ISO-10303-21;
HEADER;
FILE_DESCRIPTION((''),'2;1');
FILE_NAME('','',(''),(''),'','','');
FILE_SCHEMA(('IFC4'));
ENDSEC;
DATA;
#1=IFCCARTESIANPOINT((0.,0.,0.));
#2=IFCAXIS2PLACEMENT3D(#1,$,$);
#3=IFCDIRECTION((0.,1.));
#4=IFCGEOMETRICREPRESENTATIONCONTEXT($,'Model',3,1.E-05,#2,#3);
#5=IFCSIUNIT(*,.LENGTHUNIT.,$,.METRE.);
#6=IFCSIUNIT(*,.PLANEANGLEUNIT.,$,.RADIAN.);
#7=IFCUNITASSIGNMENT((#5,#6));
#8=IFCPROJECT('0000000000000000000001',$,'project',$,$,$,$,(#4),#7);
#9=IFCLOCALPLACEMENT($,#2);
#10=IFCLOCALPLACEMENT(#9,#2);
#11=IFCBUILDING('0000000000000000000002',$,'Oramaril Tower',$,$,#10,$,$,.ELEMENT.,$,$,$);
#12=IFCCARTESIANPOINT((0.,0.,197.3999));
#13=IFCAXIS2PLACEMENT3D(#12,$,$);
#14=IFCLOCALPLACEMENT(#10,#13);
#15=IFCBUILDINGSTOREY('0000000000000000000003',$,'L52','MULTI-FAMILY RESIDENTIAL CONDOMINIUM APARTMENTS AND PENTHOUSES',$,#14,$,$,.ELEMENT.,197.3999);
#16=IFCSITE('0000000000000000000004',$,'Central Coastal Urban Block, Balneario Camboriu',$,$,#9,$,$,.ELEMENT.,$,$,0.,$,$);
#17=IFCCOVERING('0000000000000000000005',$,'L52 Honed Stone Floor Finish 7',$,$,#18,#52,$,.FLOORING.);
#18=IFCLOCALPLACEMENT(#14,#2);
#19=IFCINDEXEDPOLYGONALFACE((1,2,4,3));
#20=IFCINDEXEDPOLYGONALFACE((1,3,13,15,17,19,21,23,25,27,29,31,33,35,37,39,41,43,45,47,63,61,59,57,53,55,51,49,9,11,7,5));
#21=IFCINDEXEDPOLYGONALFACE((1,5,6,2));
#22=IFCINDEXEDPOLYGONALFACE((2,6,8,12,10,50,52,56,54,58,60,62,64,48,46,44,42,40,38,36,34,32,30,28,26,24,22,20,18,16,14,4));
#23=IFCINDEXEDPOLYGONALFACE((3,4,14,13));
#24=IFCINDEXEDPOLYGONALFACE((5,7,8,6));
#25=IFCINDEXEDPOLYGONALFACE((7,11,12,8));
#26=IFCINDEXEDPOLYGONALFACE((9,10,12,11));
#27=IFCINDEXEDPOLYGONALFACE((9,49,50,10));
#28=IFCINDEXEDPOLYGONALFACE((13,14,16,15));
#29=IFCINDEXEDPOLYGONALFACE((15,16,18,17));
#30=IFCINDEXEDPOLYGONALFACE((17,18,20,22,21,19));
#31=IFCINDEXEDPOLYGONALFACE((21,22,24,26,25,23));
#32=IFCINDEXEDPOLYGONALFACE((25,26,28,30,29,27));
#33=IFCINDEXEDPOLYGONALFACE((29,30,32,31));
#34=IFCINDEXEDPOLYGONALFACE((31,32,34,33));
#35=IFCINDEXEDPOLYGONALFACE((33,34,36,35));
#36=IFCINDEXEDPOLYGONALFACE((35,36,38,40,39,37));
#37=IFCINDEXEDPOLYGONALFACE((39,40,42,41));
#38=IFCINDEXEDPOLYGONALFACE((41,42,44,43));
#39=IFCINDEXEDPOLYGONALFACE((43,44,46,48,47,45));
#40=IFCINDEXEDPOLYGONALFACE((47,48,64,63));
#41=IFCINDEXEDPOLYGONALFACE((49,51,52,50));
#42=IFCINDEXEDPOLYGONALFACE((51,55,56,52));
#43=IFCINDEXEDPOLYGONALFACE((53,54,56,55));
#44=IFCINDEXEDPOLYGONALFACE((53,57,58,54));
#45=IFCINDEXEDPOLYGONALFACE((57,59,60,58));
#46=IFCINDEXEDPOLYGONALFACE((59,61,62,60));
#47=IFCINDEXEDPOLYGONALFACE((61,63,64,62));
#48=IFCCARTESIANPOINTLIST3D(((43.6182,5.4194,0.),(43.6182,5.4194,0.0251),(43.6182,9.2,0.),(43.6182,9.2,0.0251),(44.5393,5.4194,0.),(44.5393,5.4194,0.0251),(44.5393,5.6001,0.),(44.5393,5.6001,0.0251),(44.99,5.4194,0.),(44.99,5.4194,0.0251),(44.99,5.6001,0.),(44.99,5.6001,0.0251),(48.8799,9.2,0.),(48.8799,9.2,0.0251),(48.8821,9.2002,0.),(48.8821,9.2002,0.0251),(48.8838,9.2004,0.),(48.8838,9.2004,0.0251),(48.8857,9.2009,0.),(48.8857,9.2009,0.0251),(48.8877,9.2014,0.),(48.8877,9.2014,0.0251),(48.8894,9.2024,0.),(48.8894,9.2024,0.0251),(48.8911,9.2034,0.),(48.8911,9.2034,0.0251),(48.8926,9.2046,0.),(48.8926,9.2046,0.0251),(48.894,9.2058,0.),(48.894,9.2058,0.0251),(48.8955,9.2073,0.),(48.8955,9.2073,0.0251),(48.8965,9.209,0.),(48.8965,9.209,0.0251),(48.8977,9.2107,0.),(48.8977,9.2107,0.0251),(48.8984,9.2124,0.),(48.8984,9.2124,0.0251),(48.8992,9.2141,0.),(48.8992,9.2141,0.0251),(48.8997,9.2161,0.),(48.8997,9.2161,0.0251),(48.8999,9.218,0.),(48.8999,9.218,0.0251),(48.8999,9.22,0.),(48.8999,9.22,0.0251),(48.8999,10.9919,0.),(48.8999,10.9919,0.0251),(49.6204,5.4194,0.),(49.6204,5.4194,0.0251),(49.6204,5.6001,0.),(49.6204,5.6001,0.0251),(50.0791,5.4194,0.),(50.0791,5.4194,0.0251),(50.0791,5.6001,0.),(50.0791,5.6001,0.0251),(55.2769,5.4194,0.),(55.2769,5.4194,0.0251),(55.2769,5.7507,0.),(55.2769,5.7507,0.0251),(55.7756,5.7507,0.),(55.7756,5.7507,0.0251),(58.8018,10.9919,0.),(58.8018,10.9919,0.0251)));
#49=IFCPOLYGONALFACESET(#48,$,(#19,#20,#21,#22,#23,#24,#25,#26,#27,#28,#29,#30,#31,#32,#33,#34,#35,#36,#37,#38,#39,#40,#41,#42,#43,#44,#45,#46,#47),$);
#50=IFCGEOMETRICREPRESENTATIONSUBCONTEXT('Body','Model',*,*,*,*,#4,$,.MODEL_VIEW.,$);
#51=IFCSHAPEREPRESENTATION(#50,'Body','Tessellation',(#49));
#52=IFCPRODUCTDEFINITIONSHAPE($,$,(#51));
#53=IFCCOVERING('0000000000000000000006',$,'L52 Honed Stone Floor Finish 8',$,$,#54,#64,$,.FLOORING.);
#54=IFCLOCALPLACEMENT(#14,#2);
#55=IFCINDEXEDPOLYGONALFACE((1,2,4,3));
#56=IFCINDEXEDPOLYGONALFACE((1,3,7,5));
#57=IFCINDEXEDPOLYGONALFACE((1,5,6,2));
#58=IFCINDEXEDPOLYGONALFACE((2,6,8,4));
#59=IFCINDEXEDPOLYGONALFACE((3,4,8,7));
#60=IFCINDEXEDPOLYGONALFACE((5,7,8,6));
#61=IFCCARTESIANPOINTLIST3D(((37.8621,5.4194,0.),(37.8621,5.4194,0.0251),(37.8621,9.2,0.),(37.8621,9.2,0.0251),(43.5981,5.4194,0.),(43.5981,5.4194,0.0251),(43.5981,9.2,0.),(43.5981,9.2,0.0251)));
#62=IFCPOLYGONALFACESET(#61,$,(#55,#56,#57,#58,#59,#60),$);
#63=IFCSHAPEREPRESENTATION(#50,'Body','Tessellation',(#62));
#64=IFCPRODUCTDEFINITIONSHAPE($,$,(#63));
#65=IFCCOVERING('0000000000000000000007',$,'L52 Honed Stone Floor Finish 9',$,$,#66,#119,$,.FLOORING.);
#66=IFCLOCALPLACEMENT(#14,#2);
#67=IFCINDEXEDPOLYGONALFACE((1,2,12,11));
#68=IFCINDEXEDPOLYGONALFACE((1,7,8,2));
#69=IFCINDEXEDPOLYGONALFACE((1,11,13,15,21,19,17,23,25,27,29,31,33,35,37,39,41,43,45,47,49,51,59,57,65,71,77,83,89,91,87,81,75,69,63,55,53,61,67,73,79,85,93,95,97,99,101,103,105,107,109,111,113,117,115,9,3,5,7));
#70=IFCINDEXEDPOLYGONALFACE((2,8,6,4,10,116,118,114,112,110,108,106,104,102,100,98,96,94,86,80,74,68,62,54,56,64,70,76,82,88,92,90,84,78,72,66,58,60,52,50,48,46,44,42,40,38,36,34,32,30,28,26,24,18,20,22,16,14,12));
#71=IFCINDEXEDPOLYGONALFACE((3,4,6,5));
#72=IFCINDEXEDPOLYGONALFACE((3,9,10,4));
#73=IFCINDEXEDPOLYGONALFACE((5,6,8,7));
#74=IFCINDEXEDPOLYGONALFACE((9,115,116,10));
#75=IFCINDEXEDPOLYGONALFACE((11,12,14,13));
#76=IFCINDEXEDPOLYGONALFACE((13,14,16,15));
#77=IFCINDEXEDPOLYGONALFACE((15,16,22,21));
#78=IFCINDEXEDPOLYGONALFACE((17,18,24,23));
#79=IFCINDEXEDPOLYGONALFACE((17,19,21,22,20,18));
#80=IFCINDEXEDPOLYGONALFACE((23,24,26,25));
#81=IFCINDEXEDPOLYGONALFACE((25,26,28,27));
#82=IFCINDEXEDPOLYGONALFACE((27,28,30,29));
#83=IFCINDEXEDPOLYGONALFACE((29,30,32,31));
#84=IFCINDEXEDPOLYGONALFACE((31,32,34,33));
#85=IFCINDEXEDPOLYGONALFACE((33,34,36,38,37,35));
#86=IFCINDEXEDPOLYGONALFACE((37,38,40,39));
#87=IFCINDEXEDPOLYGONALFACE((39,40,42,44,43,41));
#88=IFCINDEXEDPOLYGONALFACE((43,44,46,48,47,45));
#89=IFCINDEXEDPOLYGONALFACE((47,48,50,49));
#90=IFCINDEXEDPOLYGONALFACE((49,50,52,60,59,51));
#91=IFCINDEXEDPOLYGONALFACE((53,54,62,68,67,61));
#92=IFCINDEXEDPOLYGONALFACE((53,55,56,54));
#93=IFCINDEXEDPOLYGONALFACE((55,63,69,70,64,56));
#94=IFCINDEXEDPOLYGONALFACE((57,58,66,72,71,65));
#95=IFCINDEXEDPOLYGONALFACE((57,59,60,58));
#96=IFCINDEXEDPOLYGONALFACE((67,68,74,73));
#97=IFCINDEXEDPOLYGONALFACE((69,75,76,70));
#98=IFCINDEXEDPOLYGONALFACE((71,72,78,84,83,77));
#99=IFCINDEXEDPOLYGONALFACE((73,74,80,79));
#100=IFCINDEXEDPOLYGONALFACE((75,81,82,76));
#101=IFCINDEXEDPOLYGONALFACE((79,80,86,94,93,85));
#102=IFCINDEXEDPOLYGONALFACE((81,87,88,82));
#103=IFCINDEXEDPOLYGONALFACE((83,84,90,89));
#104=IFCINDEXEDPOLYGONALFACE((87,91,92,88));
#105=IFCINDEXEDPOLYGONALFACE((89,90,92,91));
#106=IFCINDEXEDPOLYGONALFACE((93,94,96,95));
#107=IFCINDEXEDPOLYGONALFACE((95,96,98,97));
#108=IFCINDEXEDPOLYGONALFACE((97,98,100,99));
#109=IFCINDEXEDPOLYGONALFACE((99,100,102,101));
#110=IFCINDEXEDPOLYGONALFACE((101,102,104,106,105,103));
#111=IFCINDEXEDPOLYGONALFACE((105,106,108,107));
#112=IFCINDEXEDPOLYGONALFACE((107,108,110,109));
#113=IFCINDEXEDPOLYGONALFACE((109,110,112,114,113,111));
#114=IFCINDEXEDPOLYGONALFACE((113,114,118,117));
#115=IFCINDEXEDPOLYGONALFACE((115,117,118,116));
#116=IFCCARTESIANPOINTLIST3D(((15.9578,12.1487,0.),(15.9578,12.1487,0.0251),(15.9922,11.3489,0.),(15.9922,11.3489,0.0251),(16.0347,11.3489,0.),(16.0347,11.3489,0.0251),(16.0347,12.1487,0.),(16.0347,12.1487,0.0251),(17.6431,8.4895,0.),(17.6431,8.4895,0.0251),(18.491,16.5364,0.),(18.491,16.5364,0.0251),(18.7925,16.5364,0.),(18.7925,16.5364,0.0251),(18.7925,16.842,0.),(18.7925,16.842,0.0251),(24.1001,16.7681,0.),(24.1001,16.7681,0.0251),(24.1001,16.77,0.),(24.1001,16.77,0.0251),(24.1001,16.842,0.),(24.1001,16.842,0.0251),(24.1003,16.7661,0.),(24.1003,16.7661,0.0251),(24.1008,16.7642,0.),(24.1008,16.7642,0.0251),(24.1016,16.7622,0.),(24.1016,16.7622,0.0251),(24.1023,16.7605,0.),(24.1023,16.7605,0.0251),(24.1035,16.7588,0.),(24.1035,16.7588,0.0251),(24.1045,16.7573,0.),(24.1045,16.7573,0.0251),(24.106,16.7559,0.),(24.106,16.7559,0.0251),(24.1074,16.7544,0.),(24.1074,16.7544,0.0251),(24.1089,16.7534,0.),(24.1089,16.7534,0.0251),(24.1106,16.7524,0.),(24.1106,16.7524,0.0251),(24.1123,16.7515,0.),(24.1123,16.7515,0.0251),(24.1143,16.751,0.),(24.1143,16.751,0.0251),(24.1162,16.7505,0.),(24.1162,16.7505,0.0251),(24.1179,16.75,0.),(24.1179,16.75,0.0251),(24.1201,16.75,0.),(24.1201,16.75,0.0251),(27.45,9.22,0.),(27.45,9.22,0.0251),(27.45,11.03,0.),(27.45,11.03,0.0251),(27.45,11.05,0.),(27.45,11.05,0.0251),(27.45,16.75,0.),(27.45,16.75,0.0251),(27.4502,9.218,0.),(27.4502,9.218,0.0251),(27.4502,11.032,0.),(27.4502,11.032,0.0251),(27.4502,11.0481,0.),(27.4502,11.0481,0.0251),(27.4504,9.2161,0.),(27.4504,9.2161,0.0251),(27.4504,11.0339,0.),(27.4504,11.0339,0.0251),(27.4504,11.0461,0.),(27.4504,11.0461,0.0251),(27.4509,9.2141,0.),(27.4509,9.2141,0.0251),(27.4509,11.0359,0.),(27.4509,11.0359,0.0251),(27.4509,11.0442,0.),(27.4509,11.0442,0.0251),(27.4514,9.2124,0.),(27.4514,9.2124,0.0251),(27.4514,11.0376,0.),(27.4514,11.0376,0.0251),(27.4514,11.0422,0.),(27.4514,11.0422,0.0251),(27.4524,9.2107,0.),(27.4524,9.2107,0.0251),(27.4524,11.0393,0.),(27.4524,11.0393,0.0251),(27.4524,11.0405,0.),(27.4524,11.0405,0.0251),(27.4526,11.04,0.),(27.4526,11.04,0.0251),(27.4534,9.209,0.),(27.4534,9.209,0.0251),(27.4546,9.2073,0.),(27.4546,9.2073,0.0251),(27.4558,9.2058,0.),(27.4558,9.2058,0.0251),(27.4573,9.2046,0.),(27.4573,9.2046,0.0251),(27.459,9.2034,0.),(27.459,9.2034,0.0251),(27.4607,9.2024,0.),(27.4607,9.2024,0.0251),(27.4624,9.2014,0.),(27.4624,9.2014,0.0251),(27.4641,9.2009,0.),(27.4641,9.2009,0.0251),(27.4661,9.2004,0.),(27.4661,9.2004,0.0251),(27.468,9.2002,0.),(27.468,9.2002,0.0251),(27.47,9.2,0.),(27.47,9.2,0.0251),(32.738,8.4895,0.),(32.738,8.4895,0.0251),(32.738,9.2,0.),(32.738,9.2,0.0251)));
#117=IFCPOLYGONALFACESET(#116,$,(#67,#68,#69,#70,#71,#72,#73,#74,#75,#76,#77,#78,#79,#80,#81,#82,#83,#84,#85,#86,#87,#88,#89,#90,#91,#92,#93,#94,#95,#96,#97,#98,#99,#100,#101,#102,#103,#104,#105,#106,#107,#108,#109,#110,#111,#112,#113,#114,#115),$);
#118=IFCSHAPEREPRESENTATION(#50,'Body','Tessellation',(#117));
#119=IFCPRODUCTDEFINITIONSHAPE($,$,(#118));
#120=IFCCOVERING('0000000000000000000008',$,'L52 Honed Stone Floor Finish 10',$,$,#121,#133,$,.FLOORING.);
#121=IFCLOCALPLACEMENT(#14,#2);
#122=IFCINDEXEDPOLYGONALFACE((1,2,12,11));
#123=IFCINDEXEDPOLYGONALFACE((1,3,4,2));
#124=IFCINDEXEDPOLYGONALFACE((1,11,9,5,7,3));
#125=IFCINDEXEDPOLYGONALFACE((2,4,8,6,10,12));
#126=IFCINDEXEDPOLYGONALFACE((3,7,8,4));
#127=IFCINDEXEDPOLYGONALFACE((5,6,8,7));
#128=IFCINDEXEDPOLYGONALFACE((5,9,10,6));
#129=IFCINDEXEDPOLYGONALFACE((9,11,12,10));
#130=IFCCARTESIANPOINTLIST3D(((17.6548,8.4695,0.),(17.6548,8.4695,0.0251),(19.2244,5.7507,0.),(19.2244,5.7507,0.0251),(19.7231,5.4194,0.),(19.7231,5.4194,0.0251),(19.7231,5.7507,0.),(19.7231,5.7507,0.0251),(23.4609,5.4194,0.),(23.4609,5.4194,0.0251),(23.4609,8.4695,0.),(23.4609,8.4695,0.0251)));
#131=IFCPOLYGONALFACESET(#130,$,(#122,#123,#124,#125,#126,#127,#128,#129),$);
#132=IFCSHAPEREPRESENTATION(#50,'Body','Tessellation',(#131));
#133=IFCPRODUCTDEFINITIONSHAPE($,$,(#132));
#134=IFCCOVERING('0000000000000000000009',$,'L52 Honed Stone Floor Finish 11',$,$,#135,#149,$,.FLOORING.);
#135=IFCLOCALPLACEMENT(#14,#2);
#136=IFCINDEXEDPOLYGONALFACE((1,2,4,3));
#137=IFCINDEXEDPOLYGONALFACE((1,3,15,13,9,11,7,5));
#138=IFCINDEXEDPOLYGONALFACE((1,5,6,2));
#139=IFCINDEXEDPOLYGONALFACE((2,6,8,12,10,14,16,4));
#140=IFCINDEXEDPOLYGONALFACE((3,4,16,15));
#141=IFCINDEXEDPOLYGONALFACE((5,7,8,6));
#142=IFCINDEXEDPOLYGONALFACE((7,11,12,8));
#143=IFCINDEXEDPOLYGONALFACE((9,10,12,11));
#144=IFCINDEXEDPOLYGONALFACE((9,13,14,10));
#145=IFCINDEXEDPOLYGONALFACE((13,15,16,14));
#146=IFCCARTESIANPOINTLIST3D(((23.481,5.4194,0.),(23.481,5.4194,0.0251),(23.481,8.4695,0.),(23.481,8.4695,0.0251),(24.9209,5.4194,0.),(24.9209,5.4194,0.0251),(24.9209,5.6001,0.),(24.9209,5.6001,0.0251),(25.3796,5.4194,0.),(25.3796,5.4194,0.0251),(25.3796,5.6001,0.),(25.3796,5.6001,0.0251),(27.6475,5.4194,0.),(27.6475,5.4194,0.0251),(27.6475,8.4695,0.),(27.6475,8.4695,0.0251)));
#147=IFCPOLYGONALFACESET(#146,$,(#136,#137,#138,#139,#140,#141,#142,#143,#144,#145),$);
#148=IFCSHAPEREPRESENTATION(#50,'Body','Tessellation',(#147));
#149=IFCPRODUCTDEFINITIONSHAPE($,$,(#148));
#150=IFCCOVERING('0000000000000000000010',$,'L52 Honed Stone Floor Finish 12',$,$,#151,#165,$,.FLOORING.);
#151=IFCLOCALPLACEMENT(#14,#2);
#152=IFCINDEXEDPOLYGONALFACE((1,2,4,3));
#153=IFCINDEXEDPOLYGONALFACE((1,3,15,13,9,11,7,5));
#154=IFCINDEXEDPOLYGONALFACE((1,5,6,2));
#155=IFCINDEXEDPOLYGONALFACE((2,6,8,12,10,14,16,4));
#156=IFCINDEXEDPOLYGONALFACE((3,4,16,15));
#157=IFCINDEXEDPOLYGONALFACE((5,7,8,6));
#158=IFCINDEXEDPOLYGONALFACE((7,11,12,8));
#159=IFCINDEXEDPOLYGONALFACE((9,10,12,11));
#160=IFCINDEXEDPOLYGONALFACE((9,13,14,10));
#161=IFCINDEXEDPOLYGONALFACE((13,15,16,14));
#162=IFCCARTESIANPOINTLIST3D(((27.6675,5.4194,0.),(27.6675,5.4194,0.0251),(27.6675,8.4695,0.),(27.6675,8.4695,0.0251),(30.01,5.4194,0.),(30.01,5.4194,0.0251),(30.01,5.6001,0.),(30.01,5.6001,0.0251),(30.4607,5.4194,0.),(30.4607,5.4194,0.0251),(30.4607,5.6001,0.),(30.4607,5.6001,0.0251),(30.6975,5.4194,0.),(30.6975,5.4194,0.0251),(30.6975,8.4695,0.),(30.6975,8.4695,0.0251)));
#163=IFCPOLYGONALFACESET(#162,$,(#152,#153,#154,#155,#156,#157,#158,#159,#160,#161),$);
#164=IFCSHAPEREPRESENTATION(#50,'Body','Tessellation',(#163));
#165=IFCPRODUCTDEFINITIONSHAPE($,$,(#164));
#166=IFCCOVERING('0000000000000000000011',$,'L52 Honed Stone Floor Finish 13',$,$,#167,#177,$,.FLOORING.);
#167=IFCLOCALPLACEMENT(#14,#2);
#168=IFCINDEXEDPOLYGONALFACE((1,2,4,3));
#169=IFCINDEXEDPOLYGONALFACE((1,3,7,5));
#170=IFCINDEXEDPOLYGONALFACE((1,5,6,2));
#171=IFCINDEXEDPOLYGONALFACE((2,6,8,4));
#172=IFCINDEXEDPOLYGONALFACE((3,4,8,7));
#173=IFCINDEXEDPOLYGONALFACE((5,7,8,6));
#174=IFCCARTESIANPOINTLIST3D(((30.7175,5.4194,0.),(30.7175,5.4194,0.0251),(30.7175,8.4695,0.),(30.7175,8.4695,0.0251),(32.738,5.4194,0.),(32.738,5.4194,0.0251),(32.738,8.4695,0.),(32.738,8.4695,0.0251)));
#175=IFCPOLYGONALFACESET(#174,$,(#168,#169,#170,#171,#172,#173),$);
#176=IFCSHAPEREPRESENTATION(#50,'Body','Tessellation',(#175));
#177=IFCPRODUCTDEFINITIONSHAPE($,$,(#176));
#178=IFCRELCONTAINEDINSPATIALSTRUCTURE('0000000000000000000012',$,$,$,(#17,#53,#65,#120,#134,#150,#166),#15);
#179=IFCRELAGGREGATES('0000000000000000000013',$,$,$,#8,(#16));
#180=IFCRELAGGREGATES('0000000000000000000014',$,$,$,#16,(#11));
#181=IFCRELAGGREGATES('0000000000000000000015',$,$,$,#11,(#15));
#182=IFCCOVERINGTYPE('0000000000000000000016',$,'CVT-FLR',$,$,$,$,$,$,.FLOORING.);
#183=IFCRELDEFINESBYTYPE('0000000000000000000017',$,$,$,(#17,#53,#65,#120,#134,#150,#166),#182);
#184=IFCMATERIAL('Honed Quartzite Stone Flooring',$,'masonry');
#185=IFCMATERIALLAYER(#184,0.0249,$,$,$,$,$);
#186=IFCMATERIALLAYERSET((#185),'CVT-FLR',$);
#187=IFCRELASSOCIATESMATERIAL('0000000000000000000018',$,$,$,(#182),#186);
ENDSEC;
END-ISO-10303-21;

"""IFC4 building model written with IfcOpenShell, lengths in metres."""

from ifc_helpers import new_model, si_unit, direction, frame, origin, place, context, subcontext, project, spatial, polyline, outline, extrude, material, layer, layer_set, type_object, element, save


model = new_model("IFC4")

# Units and contexts
model_context = context("Model", 3, precision=1e-05, world=origin(), true_north=direction((0.0, 1.0)))
body_context = subcontext(model_context, "Body", "Model", "MODEL_VIEW")
ifc_project = project(units=[si_unit("LENGTHUNIT", "METRE"), si_unit("PLANEANGLEUNIT", "RADIAN")], contexts=[model_context])

# Site, building, storey
site_placement = place(None, origin())
site = spatial("IfcSite", under=ifc_project, at=site_placement, Name="Central Coastal Urban Block, Balneario Camboriu", CompositionType="ELEMENT", RefElevation=0.0)
building_placement = place(site_placement, origin())
building = spatial("IfcBuilding", under=site, at=building_placement, Name="Oramaril Tower", CompositionType="ELEMENT")
storey_placement = place(building_placement, frame((0.0, 0.0, 197.3999)))
storey = spatial("IfcBuildingStorey", under=building, at=storey_placement, Name="L52", Description="MULTI-FAMILY RESIDENTIAL CONDOMINIUM APARTMENTS AND PENTHOUSES", CompositionType="ELEMENT", Elevation=197.3999)

# Coverings
ifc_material_1 = material(Name="Honed Quartzite Stone Flooring", Category="masonry")
ifc_layer_1 = layer(ifc_material_1, 0.0249)
ifc_layer_set_1 = layer_set([ifc_layer_1], Name="CVT-FLR")
covering_type_1 = type_object("IfcCoveringType", Name="CVT-FLR", PredefinedType="FLOORING", material=ifc_layer_set_1)
covering_1_placement = place(storey_placement, origin())
element("IfcCovering", 1, at=covering_1_placement, inside=storey, type_object=covering_type_1, Name="L52 Honed Stone Floor Finish 7", PredefinedType="FLOORING", context=body_context, shape_type="SweptSolid", body=[
    extrude(outline(polyline([(55.7756, 5.7507), (55.2769, 5.7507), (55.2769, 5.4194), (50.0791, 5.4194), (50.0791, 5.6001), (49.6204, 5.6001), (49.6204, 5.4194), (44.99, 5.4194), (44.99, 5.6001), (44.5393, 5.6001), (44.5393, 5.4194), (43.6182, 5.4194), (43.6182, 9.2), (48.8799, 9.2), (48.8821, 9.2002), (48.8838, 9.2004), (48.8857, 9.2009), (48.8877, 9.2014), (48.8894, 9.2024), (48.8911, 9.2034), (48.8926, 9.2046), (48.894, 9.2058), (48.8955, 9.2073), (48.8965, 9.209), (48.8977, 9.2107), (48.8984, 9.2124), (48.8992, 9.2141), (48.8997, 9.2161), (48.8999, 9.218), (48.8999, 9.22), (48.8999, 10.9919), (58.8018, 10.9919), (55.7756, 5.7507)])), origin(), (0.0, 0.0, 1.0), 0.0251),
])
covering_2_placement = place(storey_placement, origin())
element("IfcCovering", 2, at=covering_2_placement, inside=storey, type_object=covering_type_1, Name="L52 Honed Stone Floor Finish 8", PredefinedType="FLOORING", context=body_context, shape_type="SweptSolid", body=[
    extrude(outline(polyline([(37.8621, 5.4194), (37.8621, 9.2), (43.5981, 9.2), (43.5981, 5.4194), (37.8621, 5.4194)])), origin(), (0.0, 0.0, 1.0), 0.0251),
])
covering_3_placement = place(storey_placement, origin())
element("IfcCovering", 3, at=covering_3_placement, inside=storey, type_object=covering_type_1, Name="L52 Honed Stone Floor Finish 9", PredefinedType="FLOORING", context=body_context, shape_type="SweptSolid", body=[
    extrude(outline(polyline([(17.6431, 8.4895), (15.9922, 11.3489), (16.0347, 11.3489), (16.0347, 12.1487), (15.9578, 12.1487), (18.491, 16.5364), (18.7925, 16.5364), (18.7925, 16.842), (24.1001, 16.842), (24.1001, 16.77), (24.1001, 16.7681), (24.1003, 16.7661), (24.1008, 16.7642), (24.1016, 16.7622), (24.1023, 16.7605), (24.1035, 16.7588), (24.1045, 16.7573), (24.106, 16.7559), (24.1074, 16.7544), (24.1089, 16.7534), (24.1106, 16.7524), (24.1123, 16.7515), (24.1143, 16.751), (24.1162, 16.7505), (24.1179, 16.75), (24.1201, 16.75), (27.45, 16.75), (27.45, 11.05), (27.4502, 11.0481), (27.4504, 11.0461), (27.4509, 11.0442), (27.4514, 11.0422), (27.4524, 11.0405), (27.4526, 11.04), (27.4524, 11.0393), (27.4514, 11.0376), (27.4509, 11.0359), (27.4504, 11.0339), (27.4502, 11.032), (27.45, 11.03), (27.45, 9.22), (27.4502, 9.218), (27.4504, 9.2161), (27.4509, 9.2141), (27.4514, 9.2124), (27.4524, 9.2107), (27.4534, 9.209), (27.4546, 9.2073), (27.4558, 9.2058), (27.4573, 9.2046), (27.459, 9.2034), (27.4607, 9.2024), (27.4624, 9.2014), (27.4641, 9.2009), (27.4661, 9.2004), (27.468, 9.2002), (27.47, 9.2), (32.738, 9.2), (32.738, 8.4895), (17.6431, 8.4895)])), origin(), (0.0, 0.0, 1.0), 0.0251),
])
covering_4_placement = place(storey_placement, origin())
element("IfcCovering", 4, at=covering_4_placement, inside=storey, type_object=covering_type_1, Name="L52 Honed Stone Floor Finish 10", PredefinedType="FLOORING", context=body_context, shape_type="SweptSolid", body=[
    extrude(outline(polyline([(23.4609, 5.4194), (19.7231, 5.4194), (19.7231, 5.7507), (19.2244, 5.7507), (17.6548, 8.4695), (23.4609, 8.4695), (23.4609, 5.4194)])), origin(), (0.0, 0.0, 1.0), 0.0251),
])
covering_5_placement = place(storey_placement, origin())
element("IfcCovering", 5, at=covering_5_placement, inside=storey, type_object=covering_type_1, Name="L52 Honed Stone Floor Finish 11", PredefinedType="FLOORING", context=body_context, shape_type="SweptSolid", body=[
    extrude(outline(polyline([(27.6475, 5.4194), (25.3796, 5.4194), (25.3796, 5.6001), (24.9209, 5.6001), (24.9209, 5.4194), (23.481, 5.4194), (23.481, 8.4695), (27.6475, 8.4695), (27.6475, 5.4194)])), origin(), (0.0, 0.0, 1.0), 0.0251),
])
covering_6_placement = place(storey_placement, origin())
element("IfcCovering", 6, at=covering_6_placement, inside=storey, type_object=covering_type_1, Name="L52 Honed Stone Floor Finish 12", PredefinedType="FLOORING", context=body_context, shape_type="SweptSolid", body=[
    extrude(outline(polyline([(30.6975, 5.4194), (30.4607, 5.4194), (30.4607, 5.6001), (30.01, 5.6001), (30.01, 5.4194), (27.6675, 5.4194), (27.6675, 8.4695), (30.6975, 8.4695), (30.6975, 5.4194)])), origin(), (0.0, 0.0, 1.0), 0.0251),
])
covering_7_placement = place(storey_placement, origin())
element("IfcCovering", 7, at=covering_7_placement, inside=storey, type_object=covering_type_1, Name="L52 Honed Stone Floor Finish 13", PredefinedType="FLOORING", context=body_context, shape_type="SweptSolid", body=[
    extrude(outline(polyline([(30.7175, 5.4194), (30.7175, 8.4695), (32.738, 8.4695), (32.738, 5.4194), (30.7175, 5.4194)])), origin(), (0.0, 0.0, 1.0), 0.0251),
])

save(model, "model.ifc")
